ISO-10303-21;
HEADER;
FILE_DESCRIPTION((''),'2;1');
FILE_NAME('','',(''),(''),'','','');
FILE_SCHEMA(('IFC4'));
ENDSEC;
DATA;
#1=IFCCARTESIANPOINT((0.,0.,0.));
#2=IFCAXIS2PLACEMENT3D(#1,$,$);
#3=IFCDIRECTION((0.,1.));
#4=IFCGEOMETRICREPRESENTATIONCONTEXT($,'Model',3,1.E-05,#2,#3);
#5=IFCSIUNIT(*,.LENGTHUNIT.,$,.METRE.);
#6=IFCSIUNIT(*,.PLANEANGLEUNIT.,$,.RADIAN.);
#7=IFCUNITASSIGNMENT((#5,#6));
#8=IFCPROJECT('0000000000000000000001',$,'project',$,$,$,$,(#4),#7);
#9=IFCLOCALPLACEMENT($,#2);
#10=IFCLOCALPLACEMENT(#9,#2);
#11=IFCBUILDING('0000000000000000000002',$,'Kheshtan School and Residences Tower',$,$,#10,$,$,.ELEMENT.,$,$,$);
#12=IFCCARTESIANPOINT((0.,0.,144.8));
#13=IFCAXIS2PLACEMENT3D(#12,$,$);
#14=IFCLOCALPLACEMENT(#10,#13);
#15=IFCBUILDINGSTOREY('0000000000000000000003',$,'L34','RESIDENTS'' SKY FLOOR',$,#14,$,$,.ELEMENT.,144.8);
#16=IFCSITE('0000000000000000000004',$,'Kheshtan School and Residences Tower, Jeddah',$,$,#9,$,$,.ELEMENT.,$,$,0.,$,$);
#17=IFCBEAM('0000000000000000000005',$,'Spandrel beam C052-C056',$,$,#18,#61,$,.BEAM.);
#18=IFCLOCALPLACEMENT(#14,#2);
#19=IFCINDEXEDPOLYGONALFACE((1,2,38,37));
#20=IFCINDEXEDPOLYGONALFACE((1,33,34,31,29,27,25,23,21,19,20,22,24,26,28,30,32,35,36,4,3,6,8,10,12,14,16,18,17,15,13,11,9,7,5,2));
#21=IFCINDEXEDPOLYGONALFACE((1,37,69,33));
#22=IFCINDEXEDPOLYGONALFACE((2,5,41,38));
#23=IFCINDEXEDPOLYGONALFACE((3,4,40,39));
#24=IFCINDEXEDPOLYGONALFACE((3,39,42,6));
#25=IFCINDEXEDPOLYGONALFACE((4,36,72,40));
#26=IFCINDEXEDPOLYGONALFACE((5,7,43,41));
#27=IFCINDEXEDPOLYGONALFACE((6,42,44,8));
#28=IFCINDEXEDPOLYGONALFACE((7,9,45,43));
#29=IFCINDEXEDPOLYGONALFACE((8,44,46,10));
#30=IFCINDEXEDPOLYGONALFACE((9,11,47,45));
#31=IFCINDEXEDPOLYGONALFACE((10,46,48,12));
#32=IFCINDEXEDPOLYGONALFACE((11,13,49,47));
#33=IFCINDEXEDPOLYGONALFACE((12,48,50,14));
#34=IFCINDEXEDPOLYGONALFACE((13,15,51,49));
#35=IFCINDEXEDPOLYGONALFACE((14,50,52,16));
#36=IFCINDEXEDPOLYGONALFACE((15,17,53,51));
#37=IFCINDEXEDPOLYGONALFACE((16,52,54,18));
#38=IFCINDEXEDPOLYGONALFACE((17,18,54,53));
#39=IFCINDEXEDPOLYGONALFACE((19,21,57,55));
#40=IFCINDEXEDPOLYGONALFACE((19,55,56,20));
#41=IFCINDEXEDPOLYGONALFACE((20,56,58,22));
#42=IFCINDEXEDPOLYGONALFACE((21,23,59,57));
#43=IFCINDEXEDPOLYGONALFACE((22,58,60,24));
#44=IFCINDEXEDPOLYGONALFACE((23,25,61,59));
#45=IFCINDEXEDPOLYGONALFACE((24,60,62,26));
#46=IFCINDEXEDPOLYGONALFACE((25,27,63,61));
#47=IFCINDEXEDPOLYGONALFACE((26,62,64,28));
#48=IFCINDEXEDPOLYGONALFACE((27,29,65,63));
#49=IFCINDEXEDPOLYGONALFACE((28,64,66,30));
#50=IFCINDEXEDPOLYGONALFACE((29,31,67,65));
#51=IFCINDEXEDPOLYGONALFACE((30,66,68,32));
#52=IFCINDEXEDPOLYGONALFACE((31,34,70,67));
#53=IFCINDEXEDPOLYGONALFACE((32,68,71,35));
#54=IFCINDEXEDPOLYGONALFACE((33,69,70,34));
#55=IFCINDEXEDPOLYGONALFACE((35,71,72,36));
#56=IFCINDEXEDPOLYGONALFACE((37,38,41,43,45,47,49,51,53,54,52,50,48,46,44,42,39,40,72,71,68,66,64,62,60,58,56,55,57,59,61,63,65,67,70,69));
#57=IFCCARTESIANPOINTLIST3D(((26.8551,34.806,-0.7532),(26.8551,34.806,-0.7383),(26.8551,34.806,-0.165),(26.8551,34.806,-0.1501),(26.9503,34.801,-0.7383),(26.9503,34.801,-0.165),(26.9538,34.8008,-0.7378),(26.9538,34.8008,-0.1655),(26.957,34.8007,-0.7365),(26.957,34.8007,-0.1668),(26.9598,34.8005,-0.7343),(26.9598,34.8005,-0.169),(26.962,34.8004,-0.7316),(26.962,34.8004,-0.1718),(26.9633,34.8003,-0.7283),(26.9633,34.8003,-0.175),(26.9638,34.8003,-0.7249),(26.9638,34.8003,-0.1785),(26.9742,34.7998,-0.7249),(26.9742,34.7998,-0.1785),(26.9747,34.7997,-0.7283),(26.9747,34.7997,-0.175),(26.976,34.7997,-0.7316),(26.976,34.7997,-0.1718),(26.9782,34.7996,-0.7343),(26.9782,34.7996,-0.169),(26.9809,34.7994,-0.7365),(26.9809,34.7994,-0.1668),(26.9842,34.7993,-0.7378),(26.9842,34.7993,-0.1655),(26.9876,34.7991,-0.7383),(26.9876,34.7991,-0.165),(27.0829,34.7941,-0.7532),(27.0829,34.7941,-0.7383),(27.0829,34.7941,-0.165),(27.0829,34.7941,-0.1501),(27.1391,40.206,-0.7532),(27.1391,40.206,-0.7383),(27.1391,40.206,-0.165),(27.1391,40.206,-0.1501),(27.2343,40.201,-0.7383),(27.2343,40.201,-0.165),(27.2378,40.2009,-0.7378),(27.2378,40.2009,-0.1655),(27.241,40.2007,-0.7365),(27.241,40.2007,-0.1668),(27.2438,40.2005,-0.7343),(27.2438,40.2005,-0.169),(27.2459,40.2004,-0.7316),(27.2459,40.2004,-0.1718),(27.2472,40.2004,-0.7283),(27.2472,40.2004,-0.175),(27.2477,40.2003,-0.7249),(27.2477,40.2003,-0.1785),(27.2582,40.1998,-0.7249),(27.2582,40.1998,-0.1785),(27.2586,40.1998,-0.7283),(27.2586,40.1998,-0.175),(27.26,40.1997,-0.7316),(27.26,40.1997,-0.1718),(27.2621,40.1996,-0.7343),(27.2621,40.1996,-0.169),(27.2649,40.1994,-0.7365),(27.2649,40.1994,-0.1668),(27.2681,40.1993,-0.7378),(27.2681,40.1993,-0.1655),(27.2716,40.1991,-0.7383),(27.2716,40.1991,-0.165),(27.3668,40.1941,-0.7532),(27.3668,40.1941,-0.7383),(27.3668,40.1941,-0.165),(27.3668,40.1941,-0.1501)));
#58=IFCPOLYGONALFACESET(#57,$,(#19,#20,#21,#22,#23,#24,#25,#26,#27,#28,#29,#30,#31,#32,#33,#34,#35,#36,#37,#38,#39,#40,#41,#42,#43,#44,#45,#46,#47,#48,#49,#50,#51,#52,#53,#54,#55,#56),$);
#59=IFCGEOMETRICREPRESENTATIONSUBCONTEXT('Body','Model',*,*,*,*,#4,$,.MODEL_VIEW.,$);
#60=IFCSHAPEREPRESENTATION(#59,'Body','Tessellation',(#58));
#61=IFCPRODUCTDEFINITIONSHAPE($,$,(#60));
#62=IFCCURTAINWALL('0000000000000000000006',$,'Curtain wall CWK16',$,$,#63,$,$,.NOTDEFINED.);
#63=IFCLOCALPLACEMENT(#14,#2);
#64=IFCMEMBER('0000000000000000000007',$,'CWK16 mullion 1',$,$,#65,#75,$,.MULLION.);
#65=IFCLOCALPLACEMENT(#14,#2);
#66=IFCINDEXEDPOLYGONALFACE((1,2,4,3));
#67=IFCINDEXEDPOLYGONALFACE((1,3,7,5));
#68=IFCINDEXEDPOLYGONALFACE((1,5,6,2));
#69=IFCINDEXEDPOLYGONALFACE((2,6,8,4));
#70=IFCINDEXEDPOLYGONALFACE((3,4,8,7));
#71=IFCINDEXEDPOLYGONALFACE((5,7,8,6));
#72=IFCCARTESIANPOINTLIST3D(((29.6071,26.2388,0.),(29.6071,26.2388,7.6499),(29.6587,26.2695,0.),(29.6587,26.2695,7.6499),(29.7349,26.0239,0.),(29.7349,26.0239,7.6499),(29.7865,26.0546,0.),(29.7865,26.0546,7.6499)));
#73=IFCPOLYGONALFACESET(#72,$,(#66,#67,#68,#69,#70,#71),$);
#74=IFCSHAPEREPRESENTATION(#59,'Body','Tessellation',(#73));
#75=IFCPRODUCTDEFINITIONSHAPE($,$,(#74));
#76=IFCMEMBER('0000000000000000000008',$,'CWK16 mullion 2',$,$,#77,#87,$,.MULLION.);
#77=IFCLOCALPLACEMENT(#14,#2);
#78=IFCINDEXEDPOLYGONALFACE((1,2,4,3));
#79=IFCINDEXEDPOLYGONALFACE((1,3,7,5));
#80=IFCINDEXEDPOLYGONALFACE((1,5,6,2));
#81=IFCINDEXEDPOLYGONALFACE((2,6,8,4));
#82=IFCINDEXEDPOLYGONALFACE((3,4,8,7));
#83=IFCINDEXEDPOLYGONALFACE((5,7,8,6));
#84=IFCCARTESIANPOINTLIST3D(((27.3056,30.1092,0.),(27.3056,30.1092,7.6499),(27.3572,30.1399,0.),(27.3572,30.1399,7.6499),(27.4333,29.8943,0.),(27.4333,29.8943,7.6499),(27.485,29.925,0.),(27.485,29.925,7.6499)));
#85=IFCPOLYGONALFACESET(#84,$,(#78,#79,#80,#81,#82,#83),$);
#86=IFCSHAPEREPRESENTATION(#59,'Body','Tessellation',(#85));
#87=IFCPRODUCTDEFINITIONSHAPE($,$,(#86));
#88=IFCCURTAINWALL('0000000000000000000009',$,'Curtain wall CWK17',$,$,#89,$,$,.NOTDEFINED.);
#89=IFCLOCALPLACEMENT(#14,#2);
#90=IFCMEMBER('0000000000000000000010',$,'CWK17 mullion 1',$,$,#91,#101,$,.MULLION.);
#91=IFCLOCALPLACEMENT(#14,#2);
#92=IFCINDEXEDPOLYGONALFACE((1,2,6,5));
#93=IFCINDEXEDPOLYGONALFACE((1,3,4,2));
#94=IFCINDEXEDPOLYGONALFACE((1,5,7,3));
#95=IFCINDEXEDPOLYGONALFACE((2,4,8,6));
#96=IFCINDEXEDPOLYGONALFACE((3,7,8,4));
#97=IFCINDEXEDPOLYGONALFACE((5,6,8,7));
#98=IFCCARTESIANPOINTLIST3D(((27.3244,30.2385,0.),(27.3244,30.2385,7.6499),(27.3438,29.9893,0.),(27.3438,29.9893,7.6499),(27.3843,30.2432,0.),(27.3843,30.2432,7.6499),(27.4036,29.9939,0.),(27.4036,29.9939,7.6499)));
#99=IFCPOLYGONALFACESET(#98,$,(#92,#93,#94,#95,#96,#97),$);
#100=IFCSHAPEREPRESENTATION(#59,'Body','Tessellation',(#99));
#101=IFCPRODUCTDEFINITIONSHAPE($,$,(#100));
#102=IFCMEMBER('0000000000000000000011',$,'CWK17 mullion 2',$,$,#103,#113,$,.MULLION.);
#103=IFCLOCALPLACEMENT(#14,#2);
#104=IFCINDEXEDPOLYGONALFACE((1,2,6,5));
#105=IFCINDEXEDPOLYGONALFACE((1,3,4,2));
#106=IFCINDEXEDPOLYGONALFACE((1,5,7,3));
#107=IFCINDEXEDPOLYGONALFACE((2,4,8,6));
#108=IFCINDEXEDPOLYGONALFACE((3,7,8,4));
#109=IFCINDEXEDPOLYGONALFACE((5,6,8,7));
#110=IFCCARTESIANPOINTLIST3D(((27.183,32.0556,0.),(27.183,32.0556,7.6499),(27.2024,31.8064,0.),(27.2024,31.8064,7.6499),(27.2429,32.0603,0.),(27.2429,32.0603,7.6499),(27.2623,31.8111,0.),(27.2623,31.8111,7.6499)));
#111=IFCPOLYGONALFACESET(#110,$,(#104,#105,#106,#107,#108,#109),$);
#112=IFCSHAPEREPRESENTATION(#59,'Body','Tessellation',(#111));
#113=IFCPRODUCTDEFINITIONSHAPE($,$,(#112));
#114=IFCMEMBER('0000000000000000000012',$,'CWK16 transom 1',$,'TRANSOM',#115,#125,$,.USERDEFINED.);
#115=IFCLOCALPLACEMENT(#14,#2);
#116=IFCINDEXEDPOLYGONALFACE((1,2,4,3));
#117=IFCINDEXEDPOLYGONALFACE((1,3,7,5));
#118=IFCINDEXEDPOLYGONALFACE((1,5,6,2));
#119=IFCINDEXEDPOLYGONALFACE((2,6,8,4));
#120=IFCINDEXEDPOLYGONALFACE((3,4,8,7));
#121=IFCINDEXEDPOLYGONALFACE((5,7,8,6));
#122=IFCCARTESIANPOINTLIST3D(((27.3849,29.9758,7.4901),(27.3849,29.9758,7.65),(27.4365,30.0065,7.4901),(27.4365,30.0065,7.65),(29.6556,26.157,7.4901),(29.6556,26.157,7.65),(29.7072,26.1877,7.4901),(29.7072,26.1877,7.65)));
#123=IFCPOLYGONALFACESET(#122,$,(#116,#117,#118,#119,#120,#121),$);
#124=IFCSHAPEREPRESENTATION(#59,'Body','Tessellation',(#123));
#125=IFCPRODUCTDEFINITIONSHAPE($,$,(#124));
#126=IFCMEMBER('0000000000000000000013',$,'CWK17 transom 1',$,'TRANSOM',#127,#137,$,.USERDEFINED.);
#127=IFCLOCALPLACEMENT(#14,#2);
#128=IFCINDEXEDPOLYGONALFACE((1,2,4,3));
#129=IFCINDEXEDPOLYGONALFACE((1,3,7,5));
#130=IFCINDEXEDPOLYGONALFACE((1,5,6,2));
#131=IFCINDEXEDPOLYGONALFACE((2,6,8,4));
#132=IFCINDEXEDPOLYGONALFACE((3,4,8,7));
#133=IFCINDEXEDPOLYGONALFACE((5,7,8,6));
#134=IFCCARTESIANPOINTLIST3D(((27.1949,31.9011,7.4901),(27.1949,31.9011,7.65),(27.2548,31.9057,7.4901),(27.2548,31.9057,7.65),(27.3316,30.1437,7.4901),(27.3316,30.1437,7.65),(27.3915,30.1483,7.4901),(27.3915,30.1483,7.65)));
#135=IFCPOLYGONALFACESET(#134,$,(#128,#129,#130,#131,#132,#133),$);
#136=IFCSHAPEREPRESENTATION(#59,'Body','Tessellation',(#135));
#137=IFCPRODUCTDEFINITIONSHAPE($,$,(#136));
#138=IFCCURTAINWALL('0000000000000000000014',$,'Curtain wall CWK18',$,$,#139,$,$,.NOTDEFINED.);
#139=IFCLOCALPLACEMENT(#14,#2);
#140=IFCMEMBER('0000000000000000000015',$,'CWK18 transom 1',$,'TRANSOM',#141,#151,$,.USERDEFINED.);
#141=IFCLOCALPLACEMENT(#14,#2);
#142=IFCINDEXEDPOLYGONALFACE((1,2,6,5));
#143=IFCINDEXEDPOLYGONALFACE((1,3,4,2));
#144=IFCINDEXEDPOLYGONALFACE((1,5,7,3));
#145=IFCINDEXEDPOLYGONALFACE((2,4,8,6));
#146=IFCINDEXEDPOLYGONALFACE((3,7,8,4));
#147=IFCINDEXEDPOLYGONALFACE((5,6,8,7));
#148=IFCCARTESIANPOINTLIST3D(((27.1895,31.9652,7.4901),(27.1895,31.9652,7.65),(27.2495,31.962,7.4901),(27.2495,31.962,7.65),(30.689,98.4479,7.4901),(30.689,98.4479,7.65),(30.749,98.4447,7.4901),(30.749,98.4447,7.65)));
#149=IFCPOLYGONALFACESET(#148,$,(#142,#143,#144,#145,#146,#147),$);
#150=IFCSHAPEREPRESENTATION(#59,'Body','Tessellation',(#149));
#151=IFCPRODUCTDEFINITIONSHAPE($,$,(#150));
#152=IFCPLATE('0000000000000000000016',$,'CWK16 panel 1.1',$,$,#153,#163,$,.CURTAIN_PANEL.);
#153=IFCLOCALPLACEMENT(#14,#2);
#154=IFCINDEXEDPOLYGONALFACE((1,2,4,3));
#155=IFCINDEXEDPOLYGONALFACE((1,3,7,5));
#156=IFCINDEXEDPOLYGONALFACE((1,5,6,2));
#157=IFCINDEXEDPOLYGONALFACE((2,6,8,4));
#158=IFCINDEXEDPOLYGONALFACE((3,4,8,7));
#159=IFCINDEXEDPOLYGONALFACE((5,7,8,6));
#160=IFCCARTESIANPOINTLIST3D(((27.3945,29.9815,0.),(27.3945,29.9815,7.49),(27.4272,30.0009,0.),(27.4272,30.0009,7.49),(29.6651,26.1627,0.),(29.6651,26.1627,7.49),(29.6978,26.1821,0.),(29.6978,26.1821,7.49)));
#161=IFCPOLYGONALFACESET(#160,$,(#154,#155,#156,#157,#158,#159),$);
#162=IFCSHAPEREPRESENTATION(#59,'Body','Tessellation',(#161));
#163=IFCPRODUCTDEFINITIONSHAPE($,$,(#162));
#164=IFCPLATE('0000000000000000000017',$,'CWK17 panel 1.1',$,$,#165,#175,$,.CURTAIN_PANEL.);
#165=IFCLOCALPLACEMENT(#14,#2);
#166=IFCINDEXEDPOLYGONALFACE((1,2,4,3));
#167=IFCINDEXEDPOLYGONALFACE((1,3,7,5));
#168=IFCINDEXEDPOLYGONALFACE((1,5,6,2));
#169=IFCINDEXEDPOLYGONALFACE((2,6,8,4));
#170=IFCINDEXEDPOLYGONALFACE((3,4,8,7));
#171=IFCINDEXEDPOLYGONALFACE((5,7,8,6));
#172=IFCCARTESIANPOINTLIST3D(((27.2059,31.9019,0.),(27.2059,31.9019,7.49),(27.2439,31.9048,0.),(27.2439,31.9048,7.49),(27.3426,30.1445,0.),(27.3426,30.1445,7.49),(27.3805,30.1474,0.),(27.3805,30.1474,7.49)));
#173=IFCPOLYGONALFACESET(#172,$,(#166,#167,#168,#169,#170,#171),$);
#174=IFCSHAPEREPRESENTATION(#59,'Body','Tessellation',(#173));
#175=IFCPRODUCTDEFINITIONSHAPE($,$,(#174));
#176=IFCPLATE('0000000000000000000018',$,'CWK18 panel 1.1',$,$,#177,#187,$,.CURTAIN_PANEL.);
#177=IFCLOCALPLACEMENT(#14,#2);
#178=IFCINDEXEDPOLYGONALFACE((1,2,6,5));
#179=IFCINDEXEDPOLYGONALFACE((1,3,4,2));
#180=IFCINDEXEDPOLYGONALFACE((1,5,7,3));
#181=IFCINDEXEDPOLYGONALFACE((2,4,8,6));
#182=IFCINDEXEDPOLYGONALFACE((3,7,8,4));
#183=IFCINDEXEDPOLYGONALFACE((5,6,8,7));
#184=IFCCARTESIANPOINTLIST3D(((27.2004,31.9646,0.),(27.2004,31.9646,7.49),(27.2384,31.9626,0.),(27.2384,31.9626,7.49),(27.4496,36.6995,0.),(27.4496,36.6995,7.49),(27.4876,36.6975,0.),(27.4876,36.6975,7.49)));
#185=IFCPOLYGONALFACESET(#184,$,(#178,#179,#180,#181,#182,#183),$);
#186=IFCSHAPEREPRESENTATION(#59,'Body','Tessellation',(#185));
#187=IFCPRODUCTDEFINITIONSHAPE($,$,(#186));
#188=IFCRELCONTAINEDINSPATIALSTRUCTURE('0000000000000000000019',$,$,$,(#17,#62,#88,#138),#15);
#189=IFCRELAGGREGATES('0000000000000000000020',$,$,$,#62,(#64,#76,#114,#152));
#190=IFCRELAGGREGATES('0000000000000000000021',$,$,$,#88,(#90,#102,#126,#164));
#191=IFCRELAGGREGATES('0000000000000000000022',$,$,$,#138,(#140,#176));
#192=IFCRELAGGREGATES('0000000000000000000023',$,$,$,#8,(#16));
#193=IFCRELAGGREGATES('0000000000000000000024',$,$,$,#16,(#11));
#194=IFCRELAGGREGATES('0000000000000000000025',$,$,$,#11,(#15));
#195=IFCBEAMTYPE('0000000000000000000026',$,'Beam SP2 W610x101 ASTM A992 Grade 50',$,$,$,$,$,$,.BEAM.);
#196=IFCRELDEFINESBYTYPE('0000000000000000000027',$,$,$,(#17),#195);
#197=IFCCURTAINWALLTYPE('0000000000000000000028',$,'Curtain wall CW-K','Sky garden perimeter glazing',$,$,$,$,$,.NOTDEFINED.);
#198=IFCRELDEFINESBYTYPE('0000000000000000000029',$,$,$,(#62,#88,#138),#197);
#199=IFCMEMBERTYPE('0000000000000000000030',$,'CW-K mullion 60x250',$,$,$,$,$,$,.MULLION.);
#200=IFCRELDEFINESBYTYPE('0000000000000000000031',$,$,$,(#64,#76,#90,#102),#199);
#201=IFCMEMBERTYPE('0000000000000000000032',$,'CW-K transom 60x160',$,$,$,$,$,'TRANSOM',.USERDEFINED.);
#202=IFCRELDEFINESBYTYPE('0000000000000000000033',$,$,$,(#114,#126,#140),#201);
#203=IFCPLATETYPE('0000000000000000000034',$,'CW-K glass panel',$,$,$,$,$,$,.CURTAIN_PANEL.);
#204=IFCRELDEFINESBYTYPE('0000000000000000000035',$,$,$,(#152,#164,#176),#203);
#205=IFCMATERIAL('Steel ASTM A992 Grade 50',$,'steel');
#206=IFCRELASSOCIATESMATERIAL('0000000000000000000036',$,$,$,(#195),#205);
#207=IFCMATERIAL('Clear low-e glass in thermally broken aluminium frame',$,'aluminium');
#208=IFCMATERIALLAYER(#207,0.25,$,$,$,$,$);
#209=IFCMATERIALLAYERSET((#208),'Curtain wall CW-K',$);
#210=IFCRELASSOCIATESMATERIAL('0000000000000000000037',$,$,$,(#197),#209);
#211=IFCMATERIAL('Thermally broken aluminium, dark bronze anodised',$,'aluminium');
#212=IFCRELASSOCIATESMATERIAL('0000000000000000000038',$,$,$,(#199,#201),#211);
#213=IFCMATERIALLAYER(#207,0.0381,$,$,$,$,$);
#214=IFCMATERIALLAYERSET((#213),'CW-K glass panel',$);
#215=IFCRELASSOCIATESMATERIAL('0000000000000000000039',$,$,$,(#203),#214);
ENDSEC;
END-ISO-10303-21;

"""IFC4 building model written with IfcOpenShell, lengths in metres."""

from ifc_helpers import new_model, si_unit, direction, frame, origin, origin_2d, place, context, subcontext, project, spatial, rectangle, i_section, extrude, material, layer, layer_set, material_profile, profile_set, type_object, element, aggregate, save


model = new_model("IFC4")

# Units and contexts
model_context = context("Model", 3, precision=1e-05, world=origin(), true_north=direction((0.0, 1.0)))
body_context = subcontext(model_context, "Body", "Model", "MODEL_VIEW")
ifc_project = project(units=[si_unit("LENGTHUNIT", "METRE"), si_unit("PLANEANGLEUNIT", "RADIAN")], contexts=[model_context])

# Site, building, storey
site_placement = place(None, origin())
site = spatial("IfcSite", under=ifc_project, at=site_placement, Name="Kheshtan School and Residences Tower, Jeddah", CompositionType="ELEMENT", RefElevation=0.0)
building_placement = place(site_placement, origin())
building = spatial("IfcBuilding", under=site, at=building_placement, Name="Kheshtan School and Residences Tower", CompositionType="ELEMENT")
storey_placement = place(building_placement, frame((0.0, 0.0, 144.8)))
storey = spatial("IfcBuildingStorey", under=building, at=storey_placement, Name="L34", Description="RESIDENTS' SKY FLOOR", CompositionType="ELEMENT", Elevation=144.8)

# Shared definitions
ifc_material_1 = material(Name="Steel ASTM A992 Grade 50", Category="steel")

# Beam
ifc_material_profile_1 = material_profile(ifc_material_1, i_section(OverallWidth=0.228, OverallDepth=0.603, WebThickness=0.0105, FlangeThickness=0.0149, FilletRadius=0.0134, at=origin_2d()), Name="W610x101")
ifc_profile_set_1 = profile_set([ifc_material_profile_1], Name="Steel ASTM A992 Grade 50")
beam_type_1 = type_object("IfcBeamType", Name="Beam SP2 W610x101 ASTM A992 Grade 50", PredefinedType="BEAM", material=ifc_profile_set_1)
beam_1_placement = place(storey_placement, frame((26.969, 34.8, -0.4517), z_axis=(0.052509, 0.99862, 0.0), x_axis=(-0.99862, 0.052509, 0.0)))
element("IfcBeam", 1, at=beam_1_placement, inside=storey, type_object=beam_type_1, Name="Spandrel beam C052-C056", PredefinedType="BEAM", context=body_context, shape_type="SweptSolid", body=[
    extrude(i_section(OverallWidth=0.228, OverallDepth=0.603, WebThickness=0.0105, FlangeThickness=0.0149, FilletRadius=0.0134, at=origin_2d()), origin(), (0.0, 0.0, 1.0), 5.4075),
])

# Curtain walls, members
ifc_material_2 = material(Name="Clear low-e glass in thermally broken aluminium frame", Category="aluminium")
ifc_layer_1 = layer(ifc_material_2, 0.25)
ifc_layer_set_1 = layer_set([ifc_layer_1], Name="Curtain wall CW-K")
curtain_wall_type = type_object("IfcCurtainWallType", Name="Curtain wall CW-K", Description="Sky garden perimeter glazing", PredefinedType="NOTDEFINED", material=ifc_layer_set_1)
curtain_wall_1_placement = place(storey_placement, origin())
curtain_wall_1 = element("IfcCurtainWall", 2, at=curtain_wall_1_placement, inside=storey, type_object=curtain_wall_type, Name="Curtain wall CWK16", PredefinedType="NOTDEFINED")
ifc_material_3 = material(Name="Thermally broken aluminium, dark bronze anodised", Category="aluminium")
ifc_material_profile_2 = material_profile(ifc_material_3, rectangle(XDim=0.0601, YDim=0.25, at=origin_2d()), Name="CW-K mullion 60x250")
ifc_profile_set_2 = profile_set([ifc_material_profile_2], Name="Thermally broken aluminium, dark bronze anodised")
member_type_1 = type_object("IfcMemberType", Name="CW-K mullion 60x250", PredefinedType="MULLION", material=ifc_profile_set_2)
member_1_placement = place(storey_placement, frame((29.6968, 26.1467, 0.0), z_axis=(0.0, 0.0, 1.0), x_axis=(-0.859536, -0.511075, 0.0)))
member_1 = element("IfcMember", 3, at=member_1_placement, type_object=member_type_1, Name="CWK16 mullion 1", PredefinedType="MULLION", context=body_context, shape_type="SweptSolid", body=[
    extrude(rectangle(XDim=0.0601, YDim=0.25, at=origin_2d()), origin(), (0.0, 0.0, 1.0), 7.6499),
])
member_2_placement = place(storey_placement, frame((27.3953, 30.0171, 0.0), z_axis=(0.0, 0.0, 1.0), x_axis=(-0.859536, -0.511075, 0.0)))
member_2 = element("IfcMember", 4, at=member_2_placement, type_object=member_type_1, Name="CWK16 mullion 2", PredefinedType="MULLION", context=body_context, shape_type="SweptSolid", body=[
    extrude(rectangle(XDim=0.0601, YDim=0.25, at=origin_2d()), origin(), (0.0, 0.0, 1.0), 7.6499),
])
curtain_wall_2_placement = place(storey_placement, origin())
curtain_wall_2 = element("IfcCurtainWall", 5, at=curtain_wall_2_placement, inside=storey, type_object=curtain_wall_type, Name="Curtain wall CWK17", PredefinedType="NOTDEFINED")
member_3_placement = place(storey_placement, frame((27.364, 30.1162, 0.0), z_axis=(0.0, 0.0, 1.0), x_axis=(-0.996989, -0.077549, 0.0)))
member_3 = element("IfcMember", 6, at=member_3_placement, type_object=member_type_1, Name="CWK17 mullion 1", PredefinedType="MULLION", context=body_context, shape_type="SweptSolid", body=[
    extrude(rectangle(XDim=0.0601, YDim=0.25, at=origin_2d()), origin(), (0.0, 0.0, 1.0), 7.6499),
])
member_4_placement = place(storey_placement, frame((27.2227, 31.9333, 0.0), z_axis=(0.0, 0.0, 1.0), x_axis=(-0.996989, -0.077549, 0.0)))
member_4 = element("IfcMember", 7, at=member_4_placement, type_object=member_type_1, Name="CWK17 mullion 2", PredefinedType="MULLION", context=body_context, shape_type="SweptSolid", body=[
    extrude(rectangle(XDim=0.0601, YDim=0.25, at=origin_2d()), origin(), (0.0, 0.0, 1.0), 7.6499),
])

# Members
ifc_material_profile_3 = material_profile(ifc_material_3, rectangle(XDim=0.0601, YDim=0.1599, at=origin_2d()), Name="CW-K transom 60x160")
ifc_profile_set_3 = profile_set([ifc_material_profile_3], Name="Thermally broken aluminium, dark bronze anodised")
member_type_2 = type_object("IfcMemberType", Name="CW-K transom 60x160", ElementType="TRANSOM", PredefinedType="USERDEFINED", material=ifc_profile_set_3)
member_5_placement = place(storey_placement, frame((29.6814, 26.1724, 7.5701), z_axis=(-0.51109, 0.859527, 0.0), x_axis=(-0.859527, -0.51109, 0.0)))
member_5 = element("IfcMember", 8, at=member_5_placement, type_object=member_type_2, Name="CWK16 transom 1", ObjectType="TRANSOM", PredefinedType="USERDEFINED", context=body_context, shape_type="SweptSolid", body=[
    extrude(rectangle(XDim=0.0601, YDim=0.1599, at=origin_2d()), origin(), (0.0, 0.0, 1.0), 4.4429),
])
member_6_placement = place(storey_placement, frame((27.3616, 30.146, 7.5701), z_axis=(-0.077565, 0.996987, 0.0), x_axis=(-0.996987, -0.077565, 0.0)))
member_6 = element("IfcMember", 9, at=member_6_placement, type_object=member_type_2, Name="CWK17 transom 1", ObjectType="TRANSOM", PredefinedType="USERDEFINED", context=body_context, shape_type="SweptSolid", body=[
    extrude(rectangle(XDim=0.0601, YDim=0.1599, at=origin_2d()), origin(), (0.0, 0.0, 1.0), 1.7627),
])

# Curtain wall, member
curtain_wall_3_placement = place(storey_placement, origin())
curtain_wall_3 = element("IfcCurtainWall", 10, at=curtain_wall_3_placement, inside=storey, type_object=curtain_wall_type, Name="Curtain wall CWK18", PredefinedType="NOTDEFINED")
member_7_placement = place(storey_placement, frame((27.2195, 31.9636, 7.5701), z_axis=(0.052565, 0.998617, 0.0), x_axis=(-0.998617, 0.052565, 0.0)))
member_7 = element("IfcMember", 11, at=member_7_placement, type_object=member_type_2, Name="CWK18 transom 1", ObjectType="TRANSOM", PredefinedType="USERDEFINED", context=body_context, shape_type="SweptSolid", body=[
    extrude(rectangle(XDim=0.0601, YDim=0.1599, at=origin_2d()), origin(), (0.0, 0.0, 1.0), 66.5747),
])

# Plates
ifc_layer_2 = layer(ifc_material_2, 0.0381)
ifc_layer_set_2 = layer_set([ifc_layer_2], Name="CW-K glass panel")
plate_type = type_object("IfcPlateType", Name="CW-K glass panel", PredefinedType="CURTAIN_PANEL", material=ifc_layer_set_2)
plate_1_placement = place(storey_placement, frame((28.5461, 28.0818, 0.0), z_axis=(0.0, 0.0, 1.0), x_axis=(-0.511075, 0.859536, 0.0)))
plate_1 = element("IfcPlate", 12, at=plate_1_placement, type_object=plate_type, Name="CWK16 panel 1.1", PredefinedType="CURTAIN_PANEL", context=body_context, shape_type="SweptSolid", body=[
    extrude(rectangle(XDim=4.4429, YDim=0.0381, at=origin_2d()), origin(), (0.0, 0.0, 1.0), 7.49),
])
aggregate(curtain_wall_1, [member_1, member_2, member_5, plate_1])
plate_2_placement = place(storey_placement, frame((27.2932, 31.0247, 0.0), z_axis=(0.0, 0.0, 1.0), x_axis=(-0.077549, 0.996989, 0.0)))
plate_2 = element("IfcPlate", 13, at=plate_2_placement, type_object=plate_type, Name="CWK17 panel 1.1", PredefinedType="CURTAIN_PANEL", context=body_context, shape_type="SweptSolid", body=[
    extrude(rectangle(XDim=1.7627, YDim=0.0381, at=origin_2d()), origin(), (0.0, 0.0, 1.0), 7.49),
])
aggregate(curtain_wall_2, [member_3, member_4, member_6, plate_2])
plate_3_placement = place(storey_placement, frame((27.344, 34.3311, 0.0), z_axis=(0.0, 0.0, 1.0), x_axis=(0.052565, 0.998617, 0.0)))
plate_3 = element("IfcPlate", 14, at=plate_3_placement, type_object=plate_type, Name="CWK18 panel 1.1", PredefinedType="CURTAIN_PANEL", context=body_context, shape_type="SweptSolid", body=[
    extrude(rectangle(XDim=4.7415, YDim=0.0381, at=origin_2d()), origin(), (0.0, 0.0, 1.0), 7.49),
])
aggregate(curtain_wall_3, [member_7, plate_3])

save(model, "model.ifc")
